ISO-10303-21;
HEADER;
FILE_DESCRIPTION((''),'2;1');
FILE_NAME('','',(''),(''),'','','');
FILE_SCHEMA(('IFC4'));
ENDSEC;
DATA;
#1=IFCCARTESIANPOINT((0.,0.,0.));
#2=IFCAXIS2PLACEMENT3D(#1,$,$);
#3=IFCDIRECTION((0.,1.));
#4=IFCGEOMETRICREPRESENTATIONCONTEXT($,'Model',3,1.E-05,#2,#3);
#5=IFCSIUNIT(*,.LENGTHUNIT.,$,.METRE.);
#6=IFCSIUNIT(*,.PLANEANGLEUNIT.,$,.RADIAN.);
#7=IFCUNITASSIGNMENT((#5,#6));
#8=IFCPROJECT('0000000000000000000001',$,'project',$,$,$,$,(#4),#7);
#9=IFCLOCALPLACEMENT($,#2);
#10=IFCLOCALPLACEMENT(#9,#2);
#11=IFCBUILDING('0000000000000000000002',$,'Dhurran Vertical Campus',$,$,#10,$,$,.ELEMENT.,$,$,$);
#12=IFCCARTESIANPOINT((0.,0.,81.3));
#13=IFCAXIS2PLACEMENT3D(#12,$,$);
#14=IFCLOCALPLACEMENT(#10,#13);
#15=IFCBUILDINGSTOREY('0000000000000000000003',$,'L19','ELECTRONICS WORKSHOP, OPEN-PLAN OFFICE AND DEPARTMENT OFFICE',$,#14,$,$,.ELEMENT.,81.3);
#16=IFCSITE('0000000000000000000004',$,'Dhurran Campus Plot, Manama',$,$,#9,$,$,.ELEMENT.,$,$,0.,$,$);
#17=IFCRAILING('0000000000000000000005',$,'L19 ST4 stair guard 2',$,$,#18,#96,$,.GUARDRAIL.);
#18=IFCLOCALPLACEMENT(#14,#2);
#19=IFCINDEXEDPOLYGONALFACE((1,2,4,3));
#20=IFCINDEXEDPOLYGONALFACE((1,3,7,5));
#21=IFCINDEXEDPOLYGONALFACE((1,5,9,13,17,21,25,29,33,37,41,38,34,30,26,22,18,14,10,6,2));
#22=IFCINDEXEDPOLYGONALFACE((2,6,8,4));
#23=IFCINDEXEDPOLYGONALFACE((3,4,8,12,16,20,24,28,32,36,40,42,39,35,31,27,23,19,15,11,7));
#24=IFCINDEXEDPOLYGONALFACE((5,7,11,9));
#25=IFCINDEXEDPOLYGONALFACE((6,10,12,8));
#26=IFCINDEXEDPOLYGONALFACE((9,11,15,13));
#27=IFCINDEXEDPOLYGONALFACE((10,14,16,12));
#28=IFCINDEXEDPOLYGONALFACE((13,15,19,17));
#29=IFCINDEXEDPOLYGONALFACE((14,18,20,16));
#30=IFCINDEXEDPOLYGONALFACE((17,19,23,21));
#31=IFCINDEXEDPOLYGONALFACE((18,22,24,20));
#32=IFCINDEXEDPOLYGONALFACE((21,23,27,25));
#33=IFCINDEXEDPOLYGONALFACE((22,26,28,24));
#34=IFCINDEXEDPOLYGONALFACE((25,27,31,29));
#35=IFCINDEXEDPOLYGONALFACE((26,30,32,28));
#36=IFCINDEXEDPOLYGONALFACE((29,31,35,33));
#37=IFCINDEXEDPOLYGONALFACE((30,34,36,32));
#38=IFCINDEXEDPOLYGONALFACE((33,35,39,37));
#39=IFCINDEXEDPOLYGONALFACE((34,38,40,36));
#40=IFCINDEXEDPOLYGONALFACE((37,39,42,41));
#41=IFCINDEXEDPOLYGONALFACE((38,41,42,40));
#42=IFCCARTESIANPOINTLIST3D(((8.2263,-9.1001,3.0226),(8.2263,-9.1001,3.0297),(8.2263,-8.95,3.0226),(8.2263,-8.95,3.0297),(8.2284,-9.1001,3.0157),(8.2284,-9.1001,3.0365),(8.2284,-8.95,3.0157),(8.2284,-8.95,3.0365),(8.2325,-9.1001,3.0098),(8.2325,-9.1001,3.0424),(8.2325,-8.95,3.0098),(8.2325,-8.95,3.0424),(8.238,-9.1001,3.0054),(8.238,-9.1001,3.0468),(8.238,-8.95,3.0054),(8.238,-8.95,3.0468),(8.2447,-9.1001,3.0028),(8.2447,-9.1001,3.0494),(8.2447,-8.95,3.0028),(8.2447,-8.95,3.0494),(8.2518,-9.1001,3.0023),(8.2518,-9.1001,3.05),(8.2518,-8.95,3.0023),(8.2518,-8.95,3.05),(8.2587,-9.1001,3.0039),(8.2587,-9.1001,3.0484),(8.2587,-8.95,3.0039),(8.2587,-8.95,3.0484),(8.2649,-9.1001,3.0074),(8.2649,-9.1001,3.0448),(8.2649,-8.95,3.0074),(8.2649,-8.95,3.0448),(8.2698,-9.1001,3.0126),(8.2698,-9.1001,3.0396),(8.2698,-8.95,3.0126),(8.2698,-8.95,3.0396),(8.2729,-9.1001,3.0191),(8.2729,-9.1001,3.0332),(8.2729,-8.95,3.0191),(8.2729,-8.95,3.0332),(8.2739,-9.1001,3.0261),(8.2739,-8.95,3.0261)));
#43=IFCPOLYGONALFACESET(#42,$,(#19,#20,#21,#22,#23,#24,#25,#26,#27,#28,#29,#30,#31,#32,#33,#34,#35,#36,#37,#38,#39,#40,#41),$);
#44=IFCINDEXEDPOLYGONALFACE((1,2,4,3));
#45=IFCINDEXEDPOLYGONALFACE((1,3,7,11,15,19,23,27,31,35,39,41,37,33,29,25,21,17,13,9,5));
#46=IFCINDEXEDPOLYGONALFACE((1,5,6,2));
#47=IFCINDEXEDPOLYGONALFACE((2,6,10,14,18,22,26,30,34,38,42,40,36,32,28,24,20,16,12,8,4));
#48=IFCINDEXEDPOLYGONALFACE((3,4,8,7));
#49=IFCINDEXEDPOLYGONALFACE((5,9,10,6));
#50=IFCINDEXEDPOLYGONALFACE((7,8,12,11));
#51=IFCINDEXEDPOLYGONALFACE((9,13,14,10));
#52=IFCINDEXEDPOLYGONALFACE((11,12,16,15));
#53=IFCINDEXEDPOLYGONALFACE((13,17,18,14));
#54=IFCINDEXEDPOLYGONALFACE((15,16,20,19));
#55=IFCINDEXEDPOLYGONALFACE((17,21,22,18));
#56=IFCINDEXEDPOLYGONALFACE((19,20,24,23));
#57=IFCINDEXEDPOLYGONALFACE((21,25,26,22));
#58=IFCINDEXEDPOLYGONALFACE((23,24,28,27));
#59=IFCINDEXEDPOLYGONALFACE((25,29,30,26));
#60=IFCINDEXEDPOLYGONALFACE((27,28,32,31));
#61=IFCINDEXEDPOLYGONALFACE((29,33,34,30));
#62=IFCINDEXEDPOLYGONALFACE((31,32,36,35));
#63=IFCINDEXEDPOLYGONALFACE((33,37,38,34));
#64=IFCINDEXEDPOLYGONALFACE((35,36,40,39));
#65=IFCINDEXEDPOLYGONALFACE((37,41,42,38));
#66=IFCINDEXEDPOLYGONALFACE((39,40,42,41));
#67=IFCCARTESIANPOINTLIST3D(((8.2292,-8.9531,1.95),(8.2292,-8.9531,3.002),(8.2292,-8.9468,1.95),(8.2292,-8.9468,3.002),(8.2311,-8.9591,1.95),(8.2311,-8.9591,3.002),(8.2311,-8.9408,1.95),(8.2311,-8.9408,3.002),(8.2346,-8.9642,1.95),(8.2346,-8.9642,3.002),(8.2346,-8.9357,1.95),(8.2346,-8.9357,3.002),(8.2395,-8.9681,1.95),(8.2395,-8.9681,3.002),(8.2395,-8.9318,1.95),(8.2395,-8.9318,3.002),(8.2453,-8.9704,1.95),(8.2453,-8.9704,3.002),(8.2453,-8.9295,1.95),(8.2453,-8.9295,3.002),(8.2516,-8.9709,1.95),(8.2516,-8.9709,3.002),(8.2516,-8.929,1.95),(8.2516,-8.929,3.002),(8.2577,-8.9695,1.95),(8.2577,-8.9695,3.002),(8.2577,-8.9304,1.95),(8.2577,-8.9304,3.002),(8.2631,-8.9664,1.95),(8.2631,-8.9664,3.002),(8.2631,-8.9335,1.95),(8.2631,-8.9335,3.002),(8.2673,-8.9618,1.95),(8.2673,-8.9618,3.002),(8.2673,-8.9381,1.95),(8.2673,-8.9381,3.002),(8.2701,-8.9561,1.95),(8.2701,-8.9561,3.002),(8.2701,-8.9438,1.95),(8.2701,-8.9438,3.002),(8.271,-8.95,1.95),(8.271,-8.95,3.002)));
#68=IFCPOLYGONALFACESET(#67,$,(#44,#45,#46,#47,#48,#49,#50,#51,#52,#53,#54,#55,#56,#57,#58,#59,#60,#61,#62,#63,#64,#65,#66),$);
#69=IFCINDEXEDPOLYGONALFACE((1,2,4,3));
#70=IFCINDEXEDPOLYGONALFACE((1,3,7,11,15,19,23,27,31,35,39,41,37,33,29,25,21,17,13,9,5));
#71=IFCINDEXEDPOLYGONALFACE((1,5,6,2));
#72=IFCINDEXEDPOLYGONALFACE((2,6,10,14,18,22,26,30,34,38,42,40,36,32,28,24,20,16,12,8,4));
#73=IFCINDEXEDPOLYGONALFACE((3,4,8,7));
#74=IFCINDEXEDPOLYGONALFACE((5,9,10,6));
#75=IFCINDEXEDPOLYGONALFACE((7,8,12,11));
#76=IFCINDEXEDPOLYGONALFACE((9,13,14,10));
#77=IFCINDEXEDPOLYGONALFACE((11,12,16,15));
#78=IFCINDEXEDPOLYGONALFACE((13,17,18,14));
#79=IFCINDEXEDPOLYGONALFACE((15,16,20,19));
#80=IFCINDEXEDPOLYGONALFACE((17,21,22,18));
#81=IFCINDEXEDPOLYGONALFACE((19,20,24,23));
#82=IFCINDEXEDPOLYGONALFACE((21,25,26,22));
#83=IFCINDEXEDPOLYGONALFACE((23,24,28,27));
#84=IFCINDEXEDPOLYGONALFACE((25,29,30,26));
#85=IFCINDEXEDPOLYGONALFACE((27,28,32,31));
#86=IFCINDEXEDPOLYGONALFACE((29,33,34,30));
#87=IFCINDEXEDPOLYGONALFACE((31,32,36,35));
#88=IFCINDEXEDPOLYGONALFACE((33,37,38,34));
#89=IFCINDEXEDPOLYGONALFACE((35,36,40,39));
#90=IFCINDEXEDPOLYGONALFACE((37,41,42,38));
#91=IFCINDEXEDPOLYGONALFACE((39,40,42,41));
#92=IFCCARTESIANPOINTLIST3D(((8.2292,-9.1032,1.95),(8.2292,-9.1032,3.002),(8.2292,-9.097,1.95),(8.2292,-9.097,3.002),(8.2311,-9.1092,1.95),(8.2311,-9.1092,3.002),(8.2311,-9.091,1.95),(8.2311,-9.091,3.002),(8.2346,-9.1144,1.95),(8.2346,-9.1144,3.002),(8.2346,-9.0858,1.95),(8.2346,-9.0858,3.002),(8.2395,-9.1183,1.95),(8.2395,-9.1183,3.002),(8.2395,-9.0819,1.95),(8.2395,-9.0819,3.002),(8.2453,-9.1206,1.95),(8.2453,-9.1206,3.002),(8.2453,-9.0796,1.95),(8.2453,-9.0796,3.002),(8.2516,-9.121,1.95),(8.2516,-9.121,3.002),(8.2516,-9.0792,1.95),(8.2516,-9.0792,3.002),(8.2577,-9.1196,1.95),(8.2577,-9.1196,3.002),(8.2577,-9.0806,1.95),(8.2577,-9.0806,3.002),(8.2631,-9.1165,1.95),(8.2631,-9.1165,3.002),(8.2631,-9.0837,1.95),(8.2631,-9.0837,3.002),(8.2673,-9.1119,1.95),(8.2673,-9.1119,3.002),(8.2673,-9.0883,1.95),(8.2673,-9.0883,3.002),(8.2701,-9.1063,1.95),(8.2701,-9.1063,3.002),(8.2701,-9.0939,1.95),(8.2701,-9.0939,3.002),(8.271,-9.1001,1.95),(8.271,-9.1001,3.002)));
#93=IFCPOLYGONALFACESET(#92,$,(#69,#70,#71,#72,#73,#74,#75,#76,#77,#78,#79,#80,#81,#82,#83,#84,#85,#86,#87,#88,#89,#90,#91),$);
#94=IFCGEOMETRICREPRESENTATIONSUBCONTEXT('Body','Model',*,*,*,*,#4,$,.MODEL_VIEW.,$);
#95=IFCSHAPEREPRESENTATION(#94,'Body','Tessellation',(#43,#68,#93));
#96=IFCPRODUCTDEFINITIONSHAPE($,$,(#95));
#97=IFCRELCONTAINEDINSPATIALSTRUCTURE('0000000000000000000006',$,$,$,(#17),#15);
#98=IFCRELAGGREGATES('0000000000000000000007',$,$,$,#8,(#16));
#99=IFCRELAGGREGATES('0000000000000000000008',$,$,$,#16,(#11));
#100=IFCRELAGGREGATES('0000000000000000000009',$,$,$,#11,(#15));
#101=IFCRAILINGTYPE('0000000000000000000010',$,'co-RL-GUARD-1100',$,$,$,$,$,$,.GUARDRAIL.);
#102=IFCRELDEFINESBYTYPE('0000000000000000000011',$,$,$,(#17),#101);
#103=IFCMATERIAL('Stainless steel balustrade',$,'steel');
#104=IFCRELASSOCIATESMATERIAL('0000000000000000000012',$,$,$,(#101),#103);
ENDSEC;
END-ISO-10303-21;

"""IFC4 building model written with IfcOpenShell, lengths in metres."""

from ifc_helpers import new_model, si_unit, direction, frame, origin, origin_2d, place, context, subcontext, project, spatial, circle, extrude, material, type_object, element, save


model = new_model("IFC4")

# Units and contexts
model_context = context("Model", 3, precision=1e-05, world=origin(), true_north=direction((0.0, 1.0)))
body_context = subcontext(model_context, "Body", "Model", "MODEL_VIEW")
ifc_project = project(units=[si_unit("LENGTHUNIT", "METRE"), si_unit("PLANEANGLEUNIT", "RADIAN")], contexts=[model_context])

# Site, building, storey
site_placement = place(None, origin())
site = spatial("IfcSite", under=ifc_project, at=site_placement, Name="Dhurran Campus Plot, Manama", CompositionType="ELEMENT", RefElevation=0.0)
building_placement = place(site_placement, origin())
building = spatial("IfcBuilding", under=site, at=building_placement, Name="Dhurran Vertical Campus", CompositionType="ELEMENT")
storey_placement = place(building_placement, frame((0.0, 0.0, 81.3)))
storey = spatial("IfcBuildingStorey", under=building, at=storey_placement, Name="L19", Description="ELECTRONICS WORKSHOP, OPEN-PLAN OFFICE AND DEPARTMENT OFFICE", CompositionType="ELEMENT", Elevation=81.3)

# Railing
ifc_material_1 = material(Name="Stainless steel balustrade", Category="steel")
railing_type_1 = type_object("IfcRailingType", Name="co-RL-GUARD-1100", PredefinedType="GUARDRAIL", material=ifc_material_1)
railing_1_placement = place(storey_placement, frame((8.25, -8.95, 1.95)))
element("IfcRailing", 1, at=railing_1_placement, inside=storey, type_object=railing_type_1, Name="L19 ST4 stair guard 2", PredefinedType="GUARDRAIL", context=body_context, shape_type="SweptSolid", body=[
    extrude(circle(Radius=0.0239, at=origin_2d()), frame((0.0, 0.0, 1.0762), z_axis=(0.0, -1.0, 0.0), x_axis=(1.0, 0.0, 0.0)), (0.0, 0.0, 1.0), 0.1501),
    extrude(circle(Radius=0.021, at=origin_2d()), origin(), (0.0, 0.0, 1.0), 1.052),
    extrude(circle(Radius=0.021, at=origin_2d()), frame((0.0, -0.1501, 0.0)), (0.0, 0.0, 1.0), 1.052),
])

save(model, "model.ifc")
